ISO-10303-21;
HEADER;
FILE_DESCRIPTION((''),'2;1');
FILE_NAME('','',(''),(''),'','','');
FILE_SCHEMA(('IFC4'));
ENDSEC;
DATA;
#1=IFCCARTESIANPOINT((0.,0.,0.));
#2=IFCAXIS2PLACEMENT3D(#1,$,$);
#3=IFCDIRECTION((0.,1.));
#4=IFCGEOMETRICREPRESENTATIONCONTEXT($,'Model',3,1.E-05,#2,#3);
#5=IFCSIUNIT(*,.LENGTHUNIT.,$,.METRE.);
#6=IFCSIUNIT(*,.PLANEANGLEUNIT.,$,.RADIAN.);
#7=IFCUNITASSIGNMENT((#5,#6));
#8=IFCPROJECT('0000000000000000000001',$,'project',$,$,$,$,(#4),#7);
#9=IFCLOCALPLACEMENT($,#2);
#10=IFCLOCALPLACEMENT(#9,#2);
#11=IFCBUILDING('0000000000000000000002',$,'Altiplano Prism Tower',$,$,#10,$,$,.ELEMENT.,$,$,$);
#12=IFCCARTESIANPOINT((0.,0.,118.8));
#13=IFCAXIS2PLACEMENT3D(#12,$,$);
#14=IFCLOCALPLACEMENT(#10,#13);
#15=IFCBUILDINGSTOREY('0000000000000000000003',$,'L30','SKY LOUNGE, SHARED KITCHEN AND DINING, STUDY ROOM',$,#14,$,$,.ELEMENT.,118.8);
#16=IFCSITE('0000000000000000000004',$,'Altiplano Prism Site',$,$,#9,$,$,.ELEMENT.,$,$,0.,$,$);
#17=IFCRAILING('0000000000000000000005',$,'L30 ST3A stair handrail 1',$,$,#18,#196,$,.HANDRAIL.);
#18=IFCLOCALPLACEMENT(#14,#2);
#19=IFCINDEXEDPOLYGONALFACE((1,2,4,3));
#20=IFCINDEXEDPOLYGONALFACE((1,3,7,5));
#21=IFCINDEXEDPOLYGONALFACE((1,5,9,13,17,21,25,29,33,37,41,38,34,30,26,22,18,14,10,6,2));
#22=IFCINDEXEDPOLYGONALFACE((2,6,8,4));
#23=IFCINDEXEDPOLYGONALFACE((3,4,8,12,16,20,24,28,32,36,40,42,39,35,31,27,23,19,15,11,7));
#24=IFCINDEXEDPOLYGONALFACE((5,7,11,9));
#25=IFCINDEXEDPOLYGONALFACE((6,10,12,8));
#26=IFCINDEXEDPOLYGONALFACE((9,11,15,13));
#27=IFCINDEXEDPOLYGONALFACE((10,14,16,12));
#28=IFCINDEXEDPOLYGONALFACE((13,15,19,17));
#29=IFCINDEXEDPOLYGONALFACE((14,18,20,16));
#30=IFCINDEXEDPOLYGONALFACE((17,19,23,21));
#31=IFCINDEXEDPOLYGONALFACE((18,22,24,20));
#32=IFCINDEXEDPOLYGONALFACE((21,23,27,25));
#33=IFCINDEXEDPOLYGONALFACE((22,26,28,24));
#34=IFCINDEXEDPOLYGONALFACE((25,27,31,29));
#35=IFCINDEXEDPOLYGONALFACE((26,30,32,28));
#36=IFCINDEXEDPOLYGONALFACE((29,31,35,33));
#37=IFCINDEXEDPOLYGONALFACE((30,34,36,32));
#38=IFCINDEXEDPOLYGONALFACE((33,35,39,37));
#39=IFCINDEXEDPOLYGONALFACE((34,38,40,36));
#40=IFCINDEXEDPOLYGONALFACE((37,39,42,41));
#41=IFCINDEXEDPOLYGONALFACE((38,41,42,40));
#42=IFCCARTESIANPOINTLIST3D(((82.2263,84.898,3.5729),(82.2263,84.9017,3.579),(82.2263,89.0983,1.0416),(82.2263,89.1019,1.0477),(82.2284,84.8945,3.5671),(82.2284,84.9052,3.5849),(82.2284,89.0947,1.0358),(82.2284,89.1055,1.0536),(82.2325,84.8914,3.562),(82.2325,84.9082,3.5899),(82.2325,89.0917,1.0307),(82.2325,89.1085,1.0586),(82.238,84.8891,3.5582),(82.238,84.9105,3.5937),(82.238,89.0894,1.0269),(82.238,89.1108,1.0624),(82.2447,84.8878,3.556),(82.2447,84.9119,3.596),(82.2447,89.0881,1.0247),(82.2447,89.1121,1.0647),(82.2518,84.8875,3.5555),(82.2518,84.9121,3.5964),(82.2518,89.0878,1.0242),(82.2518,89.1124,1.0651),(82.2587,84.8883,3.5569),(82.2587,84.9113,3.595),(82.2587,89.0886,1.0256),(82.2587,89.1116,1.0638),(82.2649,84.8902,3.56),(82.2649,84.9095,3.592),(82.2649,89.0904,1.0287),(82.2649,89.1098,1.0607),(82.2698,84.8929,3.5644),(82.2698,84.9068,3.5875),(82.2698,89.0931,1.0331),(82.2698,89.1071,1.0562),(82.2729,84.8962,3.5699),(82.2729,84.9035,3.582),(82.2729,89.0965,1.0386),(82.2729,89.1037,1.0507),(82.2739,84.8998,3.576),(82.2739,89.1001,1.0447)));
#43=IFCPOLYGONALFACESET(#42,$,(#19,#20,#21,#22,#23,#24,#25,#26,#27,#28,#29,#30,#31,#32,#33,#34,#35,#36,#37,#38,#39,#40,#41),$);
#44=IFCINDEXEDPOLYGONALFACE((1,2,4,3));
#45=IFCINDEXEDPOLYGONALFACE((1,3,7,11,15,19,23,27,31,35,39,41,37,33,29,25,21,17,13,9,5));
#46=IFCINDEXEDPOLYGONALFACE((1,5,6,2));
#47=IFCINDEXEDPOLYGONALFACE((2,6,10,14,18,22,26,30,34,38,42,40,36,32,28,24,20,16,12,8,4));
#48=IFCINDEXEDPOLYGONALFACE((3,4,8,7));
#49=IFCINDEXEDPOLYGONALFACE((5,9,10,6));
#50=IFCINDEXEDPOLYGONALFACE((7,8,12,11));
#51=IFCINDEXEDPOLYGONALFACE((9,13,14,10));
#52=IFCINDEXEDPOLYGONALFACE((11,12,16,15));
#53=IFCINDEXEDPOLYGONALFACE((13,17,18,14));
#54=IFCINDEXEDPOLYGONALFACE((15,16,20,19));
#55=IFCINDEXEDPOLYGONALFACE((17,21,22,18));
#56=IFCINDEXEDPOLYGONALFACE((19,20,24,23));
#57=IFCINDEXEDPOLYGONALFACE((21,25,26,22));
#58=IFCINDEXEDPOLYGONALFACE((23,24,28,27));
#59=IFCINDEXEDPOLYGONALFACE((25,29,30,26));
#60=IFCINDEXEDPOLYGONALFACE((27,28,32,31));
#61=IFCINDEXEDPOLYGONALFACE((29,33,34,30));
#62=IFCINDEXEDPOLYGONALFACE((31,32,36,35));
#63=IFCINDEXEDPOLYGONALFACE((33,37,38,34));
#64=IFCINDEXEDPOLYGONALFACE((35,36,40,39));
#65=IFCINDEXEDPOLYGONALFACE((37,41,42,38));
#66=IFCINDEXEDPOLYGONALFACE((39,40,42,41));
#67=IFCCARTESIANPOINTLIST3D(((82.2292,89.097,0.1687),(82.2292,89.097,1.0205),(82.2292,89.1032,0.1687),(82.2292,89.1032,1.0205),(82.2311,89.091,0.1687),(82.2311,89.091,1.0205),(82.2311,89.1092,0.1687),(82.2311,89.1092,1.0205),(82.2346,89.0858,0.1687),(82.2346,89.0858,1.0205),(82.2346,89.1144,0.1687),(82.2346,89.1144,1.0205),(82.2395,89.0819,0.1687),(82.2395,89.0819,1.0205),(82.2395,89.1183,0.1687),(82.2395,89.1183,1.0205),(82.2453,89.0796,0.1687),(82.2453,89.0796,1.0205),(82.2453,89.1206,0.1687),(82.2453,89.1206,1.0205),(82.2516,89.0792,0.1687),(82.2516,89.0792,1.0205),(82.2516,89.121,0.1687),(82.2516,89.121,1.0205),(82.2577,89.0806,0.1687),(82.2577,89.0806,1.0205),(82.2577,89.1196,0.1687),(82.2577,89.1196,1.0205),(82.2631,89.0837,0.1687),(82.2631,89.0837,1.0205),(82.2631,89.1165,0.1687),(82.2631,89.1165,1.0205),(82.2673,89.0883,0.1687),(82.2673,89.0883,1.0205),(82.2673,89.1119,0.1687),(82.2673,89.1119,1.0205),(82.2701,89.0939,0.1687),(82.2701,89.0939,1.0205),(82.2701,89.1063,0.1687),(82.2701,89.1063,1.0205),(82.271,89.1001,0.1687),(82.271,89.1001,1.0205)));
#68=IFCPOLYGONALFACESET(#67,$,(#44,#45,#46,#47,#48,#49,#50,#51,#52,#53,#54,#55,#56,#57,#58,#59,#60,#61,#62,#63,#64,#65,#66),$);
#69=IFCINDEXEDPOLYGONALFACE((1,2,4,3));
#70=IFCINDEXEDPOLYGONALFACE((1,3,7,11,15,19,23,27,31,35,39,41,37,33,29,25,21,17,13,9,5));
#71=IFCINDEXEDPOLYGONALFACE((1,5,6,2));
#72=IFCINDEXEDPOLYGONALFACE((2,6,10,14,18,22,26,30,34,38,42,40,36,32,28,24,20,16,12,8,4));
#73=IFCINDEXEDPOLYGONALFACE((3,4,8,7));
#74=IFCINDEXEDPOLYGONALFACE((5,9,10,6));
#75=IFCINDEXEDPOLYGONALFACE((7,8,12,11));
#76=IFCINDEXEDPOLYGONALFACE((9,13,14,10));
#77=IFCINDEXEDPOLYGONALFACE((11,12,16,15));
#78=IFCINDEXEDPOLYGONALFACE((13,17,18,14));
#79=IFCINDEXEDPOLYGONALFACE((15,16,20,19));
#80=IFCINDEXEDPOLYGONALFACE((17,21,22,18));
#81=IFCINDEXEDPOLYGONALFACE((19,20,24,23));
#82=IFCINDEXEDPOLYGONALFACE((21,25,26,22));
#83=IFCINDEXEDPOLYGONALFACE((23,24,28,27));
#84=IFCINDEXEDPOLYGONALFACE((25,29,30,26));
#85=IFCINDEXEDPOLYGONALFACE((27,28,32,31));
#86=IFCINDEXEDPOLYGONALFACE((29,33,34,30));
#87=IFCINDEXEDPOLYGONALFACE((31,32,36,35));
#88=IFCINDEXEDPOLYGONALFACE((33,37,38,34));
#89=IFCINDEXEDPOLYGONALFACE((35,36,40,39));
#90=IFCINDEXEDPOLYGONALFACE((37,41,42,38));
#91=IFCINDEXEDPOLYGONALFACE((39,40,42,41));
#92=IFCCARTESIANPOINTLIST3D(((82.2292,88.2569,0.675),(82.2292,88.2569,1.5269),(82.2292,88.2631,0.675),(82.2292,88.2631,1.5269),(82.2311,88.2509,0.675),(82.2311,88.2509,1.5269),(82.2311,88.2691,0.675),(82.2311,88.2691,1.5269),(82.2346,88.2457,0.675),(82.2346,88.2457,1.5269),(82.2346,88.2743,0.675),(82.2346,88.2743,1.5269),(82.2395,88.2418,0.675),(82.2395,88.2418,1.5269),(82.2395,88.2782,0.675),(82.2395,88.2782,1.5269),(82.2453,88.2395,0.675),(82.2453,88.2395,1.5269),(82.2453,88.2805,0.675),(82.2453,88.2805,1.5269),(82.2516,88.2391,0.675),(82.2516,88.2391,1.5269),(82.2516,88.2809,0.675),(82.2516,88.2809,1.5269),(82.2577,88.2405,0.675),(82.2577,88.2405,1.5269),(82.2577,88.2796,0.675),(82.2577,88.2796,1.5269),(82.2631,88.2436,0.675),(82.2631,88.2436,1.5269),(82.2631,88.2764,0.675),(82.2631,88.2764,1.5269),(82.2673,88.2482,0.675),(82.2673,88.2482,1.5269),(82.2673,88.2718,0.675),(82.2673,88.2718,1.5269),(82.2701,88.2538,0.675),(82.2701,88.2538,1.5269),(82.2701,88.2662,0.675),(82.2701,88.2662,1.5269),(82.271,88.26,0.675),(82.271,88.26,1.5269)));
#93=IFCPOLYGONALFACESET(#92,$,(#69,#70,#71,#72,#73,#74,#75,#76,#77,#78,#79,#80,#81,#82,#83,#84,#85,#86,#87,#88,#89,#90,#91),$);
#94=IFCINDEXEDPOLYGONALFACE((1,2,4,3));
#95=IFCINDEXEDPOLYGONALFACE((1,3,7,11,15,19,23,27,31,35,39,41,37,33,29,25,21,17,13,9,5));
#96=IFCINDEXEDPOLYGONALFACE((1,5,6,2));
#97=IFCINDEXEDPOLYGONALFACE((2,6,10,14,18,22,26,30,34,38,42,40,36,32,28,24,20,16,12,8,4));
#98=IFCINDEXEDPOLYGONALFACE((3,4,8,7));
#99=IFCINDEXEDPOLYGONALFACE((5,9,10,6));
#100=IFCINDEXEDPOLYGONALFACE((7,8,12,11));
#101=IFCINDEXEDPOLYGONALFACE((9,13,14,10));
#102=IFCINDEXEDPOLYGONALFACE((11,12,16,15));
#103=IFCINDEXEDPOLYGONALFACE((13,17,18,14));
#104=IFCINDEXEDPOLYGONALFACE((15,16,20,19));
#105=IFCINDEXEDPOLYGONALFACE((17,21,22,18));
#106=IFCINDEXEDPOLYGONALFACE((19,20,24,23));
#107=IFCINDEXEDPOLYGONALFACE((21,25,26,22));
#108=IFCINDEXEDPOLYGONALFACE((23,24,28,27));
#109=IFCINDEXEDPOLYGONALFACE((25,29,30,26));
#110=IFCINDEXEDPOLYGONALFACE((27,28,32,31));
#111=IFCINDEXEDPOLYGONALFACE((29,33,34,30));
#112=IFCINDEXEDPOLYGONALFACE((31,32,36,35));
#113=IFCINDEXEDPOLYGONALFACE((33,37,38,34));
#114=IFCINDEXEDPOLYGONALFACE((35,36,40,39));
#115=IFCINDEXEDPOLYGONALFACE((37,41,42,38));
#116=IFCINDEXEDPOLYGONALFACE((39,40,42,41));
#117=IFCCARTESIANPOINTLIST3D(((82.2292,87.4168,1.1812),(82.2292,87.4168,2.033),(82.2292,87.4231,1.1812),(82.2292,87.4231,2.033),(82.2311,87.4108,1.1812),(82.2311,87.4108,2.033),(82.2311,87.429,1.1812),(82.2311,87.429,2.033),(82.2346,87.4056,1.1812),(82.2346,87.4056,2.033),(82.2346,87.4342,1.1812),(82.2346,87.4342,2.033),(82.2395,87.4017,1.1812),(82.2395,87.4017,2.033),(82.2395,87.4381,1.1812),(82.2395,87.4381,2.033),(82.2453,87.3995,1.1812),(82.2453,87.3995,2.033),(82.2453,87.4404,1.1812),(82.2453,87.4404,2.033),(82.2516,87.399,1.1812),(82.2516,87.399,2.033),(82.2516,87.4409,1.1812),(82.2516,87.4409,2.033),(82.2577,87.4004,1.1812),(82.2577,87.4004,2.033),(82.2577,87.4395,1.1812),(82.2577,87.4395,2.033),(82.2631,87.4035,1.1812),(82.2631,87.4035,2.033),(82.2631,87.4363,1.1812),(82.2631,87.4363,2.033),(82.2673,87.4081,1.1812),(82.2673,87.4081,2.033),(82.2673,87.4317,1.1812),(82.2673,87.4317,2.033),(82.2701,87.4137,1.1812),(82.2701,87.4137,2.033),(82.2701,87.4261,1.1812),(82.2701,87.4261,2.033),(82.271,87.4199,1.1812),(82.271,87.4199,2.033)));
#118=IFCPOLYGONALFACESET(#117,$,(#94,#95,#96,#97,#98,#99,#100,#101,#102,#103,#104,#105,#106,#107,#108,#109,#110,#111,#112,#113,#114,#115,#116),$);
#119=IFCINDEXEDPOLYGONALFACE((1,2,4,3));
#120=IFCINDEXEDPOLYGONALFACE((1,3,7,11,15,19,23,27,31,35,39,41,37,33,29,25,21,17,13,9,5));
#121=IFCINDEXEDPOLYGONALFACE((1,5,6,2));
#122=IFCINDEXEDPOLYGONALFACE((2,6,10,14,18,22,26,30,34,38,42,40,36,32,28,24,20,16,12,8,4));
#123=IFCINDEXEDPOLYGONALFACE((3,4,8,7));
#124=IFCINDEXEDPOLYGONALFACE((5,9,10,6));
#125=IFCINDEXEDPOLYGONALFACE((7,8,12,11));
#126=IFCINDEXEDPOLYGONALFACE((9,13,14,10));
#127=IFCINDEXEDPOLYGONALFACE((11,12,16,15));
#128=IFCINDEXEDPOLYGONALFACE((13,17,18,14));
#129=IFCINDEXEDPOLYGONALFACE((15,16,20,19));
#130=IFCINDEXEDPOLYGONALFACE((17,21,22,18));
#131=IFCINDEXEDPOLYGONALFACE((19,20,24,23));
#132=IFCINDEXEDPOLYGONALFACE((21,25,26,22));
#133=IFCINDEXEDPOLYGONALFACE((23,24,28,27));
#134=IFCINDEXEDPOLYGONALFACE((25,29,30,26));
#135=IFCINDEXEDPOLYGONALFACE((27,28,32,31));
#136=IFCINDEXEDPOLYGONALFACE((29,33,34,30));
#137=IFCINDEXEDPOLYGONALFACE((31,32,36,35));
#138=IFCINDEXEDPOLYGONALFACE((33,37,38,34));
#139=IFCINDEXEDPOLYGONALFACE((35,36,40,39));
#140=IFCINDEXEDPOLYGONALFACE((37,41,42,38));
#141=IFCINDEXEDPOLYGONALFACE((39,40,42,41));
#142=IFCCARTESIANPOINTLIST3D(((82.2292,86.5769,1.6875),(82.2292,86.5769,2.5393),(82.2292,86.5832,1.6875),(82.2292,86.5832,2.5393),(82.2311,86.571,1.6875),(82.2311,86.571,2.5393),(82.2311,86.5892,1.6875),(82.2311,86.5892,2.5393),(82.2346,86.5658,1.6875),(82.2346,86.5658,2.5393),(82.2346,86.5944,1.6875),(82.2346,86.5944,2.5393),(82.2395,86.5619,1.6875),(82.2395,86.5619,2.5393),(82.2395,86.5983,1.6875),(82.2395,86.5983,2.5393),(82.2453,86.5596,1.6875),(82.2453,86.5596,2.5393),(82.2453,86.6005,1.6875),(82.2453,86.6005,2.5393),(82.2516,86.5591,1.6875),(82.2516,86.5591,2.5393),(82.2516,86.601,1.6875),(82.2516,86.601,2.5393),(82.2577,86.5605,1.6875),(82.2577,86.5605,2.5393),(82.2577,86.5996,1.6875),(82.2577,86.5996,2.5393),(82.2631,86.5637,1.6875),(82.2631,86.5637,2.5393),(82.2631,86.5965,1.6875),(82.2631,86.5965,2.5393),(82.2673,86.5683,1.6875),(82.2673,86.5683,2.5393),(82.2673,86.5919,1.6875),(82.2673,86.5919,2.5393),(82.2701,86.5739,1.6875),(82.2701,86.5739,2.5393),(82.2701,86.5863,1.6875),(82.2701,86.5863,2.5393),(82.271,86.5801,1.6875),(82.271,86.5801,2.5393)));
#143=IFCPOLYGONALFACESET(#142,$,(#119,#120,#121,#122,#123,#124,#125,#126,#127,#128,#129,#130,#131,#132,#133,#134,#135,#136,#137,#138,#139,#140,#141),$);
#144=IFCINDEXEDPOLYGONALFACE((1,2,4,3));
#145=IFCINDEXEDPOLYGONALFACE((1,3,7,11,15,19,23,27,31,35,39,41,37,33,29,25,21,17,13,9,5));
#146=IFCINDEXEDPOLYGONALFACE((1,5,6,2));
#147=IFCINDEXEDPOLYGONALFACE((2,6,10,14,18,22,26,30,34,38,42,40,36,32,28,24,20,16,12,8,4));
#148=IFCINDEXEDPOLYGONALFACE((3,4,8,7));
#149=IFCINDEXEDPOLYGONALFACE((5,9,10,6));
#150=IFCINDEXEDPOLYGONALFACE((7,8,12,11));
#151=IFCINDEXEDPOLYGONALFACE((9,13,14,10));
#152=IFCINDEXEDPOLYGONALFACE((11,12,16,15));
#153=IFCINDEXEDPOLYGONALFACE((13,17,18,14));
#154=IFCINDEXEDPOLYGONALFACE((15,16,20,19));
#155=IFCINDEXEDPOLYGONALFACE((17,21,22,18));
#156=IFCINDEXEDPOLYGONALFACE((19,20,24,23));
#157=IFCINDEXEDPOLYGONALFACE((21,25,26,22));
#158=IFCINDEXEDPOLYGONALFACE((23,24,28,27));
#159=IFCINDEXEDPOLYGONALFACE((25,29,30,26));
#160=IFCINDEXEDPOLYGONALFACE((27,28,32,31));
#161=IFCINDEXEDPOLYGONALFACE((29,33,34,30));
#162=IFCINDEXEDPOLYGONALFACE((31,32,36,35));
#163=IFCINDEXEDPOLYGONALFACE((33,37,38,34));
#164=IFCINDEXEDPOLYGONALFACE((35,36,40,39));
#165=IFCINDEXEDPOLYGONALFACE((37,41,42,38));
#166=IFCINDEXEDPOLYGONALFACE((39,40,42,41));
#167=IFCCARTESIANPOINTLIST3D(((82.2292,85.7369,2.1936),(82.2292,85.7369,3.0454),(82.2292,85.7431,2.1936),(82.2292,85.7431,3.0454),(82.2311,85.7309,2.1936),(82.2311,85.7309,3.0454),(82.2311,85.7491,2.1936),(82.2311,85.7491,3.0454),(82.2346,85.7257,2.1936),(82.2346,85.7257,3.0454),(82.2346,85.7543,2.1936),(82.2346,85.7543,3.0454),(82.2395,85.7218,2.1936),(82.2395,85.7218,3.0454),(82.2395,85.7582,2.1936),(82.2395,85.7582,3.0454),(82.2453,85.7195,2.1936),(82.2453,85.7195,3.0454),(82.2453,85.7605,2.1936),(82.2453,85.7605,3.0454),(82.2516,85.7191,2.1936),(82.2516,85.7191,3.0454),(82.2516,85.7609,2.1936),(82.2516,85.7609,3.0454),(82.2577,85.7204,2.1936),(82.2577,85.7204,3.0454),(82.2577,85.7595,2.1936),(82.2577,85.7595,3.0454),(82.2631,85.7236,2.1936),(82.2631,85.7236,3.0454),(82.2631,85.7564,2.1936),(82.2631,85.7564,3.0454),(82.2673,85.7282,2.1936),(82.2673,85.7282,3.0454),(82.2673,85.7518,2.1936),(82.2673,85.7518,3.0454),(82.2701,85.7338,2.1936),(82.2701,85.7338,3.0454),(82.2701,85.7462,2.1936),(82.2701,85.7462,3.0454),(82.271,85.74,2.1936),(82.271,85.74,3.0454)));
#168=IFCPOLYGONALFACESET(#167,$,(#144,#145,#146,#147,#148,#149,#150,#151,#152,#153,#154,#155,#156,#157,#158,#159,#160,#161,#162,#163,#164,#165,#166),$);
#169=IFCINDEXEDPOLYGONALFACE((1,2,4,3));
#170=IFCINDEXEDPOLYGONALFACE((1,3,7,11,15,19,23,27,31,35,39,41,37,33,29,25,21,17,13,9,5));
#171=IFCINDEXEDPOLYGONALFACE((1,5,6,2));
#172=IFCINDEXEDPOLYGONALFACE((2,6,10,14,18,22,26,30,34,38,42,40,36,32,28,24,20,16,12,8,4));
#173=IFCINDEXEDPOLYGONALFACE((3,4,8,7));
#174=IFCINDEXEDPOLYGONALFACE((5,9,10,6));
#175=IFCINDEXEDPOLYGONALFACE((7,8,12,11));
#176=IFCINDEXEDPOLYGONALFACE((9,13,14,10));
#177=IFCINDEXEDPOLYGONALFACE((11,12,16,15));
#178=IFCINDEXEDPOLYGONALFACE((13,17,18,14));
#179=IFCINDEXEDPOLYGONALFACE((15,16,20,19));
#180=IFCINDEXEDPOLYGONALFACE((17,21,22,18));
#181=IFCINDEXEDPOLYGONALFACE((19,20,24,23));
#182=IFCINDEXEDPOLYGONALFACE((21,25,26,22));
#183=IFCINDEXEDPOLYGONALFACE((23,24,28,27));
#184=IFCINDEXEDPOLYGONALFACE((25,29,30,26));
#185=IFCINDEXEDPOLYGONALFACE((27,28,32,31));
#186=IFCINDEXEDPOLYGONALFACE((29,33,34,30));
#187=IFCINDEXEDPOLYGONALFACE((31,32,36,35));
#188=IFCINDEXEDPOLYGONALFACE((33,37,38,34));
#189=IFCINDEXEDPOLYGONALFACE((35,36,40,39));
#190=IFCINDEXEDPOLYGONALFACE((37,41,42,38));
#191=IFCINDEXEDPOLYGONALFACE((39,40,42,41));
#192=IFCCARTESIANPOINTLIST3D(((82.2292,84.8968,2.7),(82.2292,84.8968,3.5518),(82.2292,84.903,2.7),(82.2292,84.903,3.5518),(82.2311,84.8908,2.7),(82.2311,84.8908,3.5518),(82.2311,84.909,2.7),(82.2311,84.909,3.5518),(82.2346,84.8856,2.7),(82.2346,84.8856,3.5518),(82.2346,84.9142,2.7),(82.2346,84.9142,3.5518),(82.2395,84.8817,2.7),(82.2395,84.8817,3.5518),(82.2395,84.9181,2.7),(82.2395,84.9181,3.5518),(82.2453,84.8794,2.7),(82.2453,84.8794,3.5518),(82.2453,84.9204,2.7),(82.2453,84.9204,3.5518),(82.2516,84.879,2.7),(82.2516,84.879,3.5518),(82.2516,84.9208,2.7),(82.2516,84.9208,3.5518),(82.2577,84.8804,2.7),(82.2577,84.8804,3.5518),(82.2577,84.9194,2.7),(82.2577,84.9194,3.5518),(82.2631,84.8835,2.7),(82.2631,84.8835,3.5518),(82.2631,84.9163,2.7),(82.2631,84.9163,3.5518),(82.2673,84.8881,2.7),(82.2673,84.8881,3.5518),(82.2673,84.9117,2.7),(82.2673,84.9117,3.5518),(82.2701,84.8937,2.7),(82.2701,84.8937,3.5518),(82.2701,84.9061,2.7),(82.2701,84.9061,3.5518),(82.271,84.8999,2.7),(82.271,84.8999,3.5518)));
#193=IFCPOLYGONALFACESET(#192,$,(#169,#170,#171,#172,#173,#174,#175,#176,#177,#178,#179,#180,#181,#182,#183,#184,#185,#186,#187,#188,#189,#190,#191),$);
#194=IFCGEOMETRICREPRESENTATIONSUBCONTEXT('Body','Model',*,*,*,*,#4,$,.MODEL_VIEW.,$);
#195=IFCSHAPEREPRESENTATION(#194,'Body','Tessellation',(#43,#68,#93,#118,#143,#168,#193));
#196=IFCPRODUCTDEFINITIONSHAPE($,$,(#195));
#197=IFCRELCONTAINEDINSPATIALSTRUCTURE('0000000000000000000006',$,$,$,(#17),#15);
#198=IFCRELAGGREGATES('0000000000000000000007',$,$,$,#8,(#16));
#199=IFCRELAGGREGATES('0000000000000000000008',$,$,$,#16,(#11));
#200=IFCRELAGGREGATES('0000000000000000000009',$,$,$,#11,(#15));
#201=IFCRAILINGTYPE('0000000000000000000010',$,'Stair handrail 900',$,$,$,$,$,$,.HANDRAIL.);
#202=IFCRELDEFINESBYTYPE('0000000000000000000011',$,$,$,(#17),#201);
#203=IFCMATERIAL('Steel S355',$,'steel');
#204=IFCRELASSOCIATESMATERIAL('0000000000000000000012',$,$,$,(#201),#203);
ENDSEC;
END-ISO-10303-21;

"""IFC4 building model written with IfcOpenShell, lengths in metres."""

from ifc_helpers import new_model, si_unit, direction, frame, origin, origin_2d, place, context, subcontext, project, spatial, circle, extrude, material, type_object, element, save


model = new_model("IFC4")

# Units and contexts
model_context = context("Model", 3, precision=1e-05, world=origin(), true_north=direction((0.0, 1.0)))
body_context = subcontext(model_context, "Body", "Model", "MODEL_VIEW")
ifc_project = project(units=[si_unit("LENGTHUNIT", "METRE"), si_unit("PLANEANGLEUNIT", "RADIAN")], contexts=[model_context])

# Site, building, storey
site_placement = place(None, origin())
site = spatial("IfcSite", under=ifc_project, at=site_placement, Name="Altiplano Prism Site", CompositionType="ELEMENT", RefElevation=0.0)
building_placement = place(site_placement, origin())
building = spatial("IfcBuilding", under=site, at=building_placement, Name="Altiplano Prism Tower", CompositionType="ELEMENT")
storey_placement = place(building_placement, frame((0.0, 0.0, 118.8)))
storey = spatial("IfcBuildingStorey", under=building, at=storey_placement, Name="L30", Description="SKY LOUNGE, SHARED KITCHEN AND DINING, STUDY ROOM", CompositionType="ELEMENT", Elevation=118.8)

# Railing
ifc_material_1 = material(Name="Steel S355", Category="steel")
railing_type_1 = type_object("IfcRailingType", Name="Stair handrail 900", PredefinedType="HANDRAIL", material=ifc_material_1)
railing_1_placement = place(storey_placement, frame((82.25, 89.1001, 0.1687)))
element("IfcRailing", 1, at=railing_1_placement, inside=storey, type_object=railing_type_1, Name="L30 ST3A stair handrail 1", PredefinedType="HANDRAIL", context=body_context, shape_type="SweptSolid", body=[
    extrude(circle(Radius=0.0239, at=origin_2d()), frame((0.0, 0.0, 0.876), z_axis=(0.0, -0.85649, 0.516164), x_axis=(1.0, 0.0, 0.0)), (0.0, 0.0, 1.0), 4.9041),
    extrude(circle(Radius=0.021, at=origin_2d()), origin(), (0.0, 0.0, 1.0), 0.8518),
    extrude(circle(Radius=0.021, at=origin_2d()), frame((0.0, -0.8401, 0.5063)), (0.0, 0.0, 1.0), 0.8518),
    extrude(circle(Radius=0.021, at=origin_2d()), frame((0.0, -1.6802, 1.0125)), (0.0, 0.0, 1.0), 0.8518),
    extrude(circle(Radius=0.021, at=origin_2d()), frame((0.0, -2.52, 1.5188)), (0.0, 0.0, 1.0), 0.8518),
    extrude(circle(Radius=0.021, at=origin_2d()), frame((0.0, -3.3601, 2.0249)), (0.0, 0.0, 1.0), 0.8518),
    extrude(circle(Radius=0.021, at=origin_2d()), frame((0.0, -4.2002, 2.5312)), (0.0, 0.0, 1.0), 0.8518),
])

save(model, "model.ifc")
